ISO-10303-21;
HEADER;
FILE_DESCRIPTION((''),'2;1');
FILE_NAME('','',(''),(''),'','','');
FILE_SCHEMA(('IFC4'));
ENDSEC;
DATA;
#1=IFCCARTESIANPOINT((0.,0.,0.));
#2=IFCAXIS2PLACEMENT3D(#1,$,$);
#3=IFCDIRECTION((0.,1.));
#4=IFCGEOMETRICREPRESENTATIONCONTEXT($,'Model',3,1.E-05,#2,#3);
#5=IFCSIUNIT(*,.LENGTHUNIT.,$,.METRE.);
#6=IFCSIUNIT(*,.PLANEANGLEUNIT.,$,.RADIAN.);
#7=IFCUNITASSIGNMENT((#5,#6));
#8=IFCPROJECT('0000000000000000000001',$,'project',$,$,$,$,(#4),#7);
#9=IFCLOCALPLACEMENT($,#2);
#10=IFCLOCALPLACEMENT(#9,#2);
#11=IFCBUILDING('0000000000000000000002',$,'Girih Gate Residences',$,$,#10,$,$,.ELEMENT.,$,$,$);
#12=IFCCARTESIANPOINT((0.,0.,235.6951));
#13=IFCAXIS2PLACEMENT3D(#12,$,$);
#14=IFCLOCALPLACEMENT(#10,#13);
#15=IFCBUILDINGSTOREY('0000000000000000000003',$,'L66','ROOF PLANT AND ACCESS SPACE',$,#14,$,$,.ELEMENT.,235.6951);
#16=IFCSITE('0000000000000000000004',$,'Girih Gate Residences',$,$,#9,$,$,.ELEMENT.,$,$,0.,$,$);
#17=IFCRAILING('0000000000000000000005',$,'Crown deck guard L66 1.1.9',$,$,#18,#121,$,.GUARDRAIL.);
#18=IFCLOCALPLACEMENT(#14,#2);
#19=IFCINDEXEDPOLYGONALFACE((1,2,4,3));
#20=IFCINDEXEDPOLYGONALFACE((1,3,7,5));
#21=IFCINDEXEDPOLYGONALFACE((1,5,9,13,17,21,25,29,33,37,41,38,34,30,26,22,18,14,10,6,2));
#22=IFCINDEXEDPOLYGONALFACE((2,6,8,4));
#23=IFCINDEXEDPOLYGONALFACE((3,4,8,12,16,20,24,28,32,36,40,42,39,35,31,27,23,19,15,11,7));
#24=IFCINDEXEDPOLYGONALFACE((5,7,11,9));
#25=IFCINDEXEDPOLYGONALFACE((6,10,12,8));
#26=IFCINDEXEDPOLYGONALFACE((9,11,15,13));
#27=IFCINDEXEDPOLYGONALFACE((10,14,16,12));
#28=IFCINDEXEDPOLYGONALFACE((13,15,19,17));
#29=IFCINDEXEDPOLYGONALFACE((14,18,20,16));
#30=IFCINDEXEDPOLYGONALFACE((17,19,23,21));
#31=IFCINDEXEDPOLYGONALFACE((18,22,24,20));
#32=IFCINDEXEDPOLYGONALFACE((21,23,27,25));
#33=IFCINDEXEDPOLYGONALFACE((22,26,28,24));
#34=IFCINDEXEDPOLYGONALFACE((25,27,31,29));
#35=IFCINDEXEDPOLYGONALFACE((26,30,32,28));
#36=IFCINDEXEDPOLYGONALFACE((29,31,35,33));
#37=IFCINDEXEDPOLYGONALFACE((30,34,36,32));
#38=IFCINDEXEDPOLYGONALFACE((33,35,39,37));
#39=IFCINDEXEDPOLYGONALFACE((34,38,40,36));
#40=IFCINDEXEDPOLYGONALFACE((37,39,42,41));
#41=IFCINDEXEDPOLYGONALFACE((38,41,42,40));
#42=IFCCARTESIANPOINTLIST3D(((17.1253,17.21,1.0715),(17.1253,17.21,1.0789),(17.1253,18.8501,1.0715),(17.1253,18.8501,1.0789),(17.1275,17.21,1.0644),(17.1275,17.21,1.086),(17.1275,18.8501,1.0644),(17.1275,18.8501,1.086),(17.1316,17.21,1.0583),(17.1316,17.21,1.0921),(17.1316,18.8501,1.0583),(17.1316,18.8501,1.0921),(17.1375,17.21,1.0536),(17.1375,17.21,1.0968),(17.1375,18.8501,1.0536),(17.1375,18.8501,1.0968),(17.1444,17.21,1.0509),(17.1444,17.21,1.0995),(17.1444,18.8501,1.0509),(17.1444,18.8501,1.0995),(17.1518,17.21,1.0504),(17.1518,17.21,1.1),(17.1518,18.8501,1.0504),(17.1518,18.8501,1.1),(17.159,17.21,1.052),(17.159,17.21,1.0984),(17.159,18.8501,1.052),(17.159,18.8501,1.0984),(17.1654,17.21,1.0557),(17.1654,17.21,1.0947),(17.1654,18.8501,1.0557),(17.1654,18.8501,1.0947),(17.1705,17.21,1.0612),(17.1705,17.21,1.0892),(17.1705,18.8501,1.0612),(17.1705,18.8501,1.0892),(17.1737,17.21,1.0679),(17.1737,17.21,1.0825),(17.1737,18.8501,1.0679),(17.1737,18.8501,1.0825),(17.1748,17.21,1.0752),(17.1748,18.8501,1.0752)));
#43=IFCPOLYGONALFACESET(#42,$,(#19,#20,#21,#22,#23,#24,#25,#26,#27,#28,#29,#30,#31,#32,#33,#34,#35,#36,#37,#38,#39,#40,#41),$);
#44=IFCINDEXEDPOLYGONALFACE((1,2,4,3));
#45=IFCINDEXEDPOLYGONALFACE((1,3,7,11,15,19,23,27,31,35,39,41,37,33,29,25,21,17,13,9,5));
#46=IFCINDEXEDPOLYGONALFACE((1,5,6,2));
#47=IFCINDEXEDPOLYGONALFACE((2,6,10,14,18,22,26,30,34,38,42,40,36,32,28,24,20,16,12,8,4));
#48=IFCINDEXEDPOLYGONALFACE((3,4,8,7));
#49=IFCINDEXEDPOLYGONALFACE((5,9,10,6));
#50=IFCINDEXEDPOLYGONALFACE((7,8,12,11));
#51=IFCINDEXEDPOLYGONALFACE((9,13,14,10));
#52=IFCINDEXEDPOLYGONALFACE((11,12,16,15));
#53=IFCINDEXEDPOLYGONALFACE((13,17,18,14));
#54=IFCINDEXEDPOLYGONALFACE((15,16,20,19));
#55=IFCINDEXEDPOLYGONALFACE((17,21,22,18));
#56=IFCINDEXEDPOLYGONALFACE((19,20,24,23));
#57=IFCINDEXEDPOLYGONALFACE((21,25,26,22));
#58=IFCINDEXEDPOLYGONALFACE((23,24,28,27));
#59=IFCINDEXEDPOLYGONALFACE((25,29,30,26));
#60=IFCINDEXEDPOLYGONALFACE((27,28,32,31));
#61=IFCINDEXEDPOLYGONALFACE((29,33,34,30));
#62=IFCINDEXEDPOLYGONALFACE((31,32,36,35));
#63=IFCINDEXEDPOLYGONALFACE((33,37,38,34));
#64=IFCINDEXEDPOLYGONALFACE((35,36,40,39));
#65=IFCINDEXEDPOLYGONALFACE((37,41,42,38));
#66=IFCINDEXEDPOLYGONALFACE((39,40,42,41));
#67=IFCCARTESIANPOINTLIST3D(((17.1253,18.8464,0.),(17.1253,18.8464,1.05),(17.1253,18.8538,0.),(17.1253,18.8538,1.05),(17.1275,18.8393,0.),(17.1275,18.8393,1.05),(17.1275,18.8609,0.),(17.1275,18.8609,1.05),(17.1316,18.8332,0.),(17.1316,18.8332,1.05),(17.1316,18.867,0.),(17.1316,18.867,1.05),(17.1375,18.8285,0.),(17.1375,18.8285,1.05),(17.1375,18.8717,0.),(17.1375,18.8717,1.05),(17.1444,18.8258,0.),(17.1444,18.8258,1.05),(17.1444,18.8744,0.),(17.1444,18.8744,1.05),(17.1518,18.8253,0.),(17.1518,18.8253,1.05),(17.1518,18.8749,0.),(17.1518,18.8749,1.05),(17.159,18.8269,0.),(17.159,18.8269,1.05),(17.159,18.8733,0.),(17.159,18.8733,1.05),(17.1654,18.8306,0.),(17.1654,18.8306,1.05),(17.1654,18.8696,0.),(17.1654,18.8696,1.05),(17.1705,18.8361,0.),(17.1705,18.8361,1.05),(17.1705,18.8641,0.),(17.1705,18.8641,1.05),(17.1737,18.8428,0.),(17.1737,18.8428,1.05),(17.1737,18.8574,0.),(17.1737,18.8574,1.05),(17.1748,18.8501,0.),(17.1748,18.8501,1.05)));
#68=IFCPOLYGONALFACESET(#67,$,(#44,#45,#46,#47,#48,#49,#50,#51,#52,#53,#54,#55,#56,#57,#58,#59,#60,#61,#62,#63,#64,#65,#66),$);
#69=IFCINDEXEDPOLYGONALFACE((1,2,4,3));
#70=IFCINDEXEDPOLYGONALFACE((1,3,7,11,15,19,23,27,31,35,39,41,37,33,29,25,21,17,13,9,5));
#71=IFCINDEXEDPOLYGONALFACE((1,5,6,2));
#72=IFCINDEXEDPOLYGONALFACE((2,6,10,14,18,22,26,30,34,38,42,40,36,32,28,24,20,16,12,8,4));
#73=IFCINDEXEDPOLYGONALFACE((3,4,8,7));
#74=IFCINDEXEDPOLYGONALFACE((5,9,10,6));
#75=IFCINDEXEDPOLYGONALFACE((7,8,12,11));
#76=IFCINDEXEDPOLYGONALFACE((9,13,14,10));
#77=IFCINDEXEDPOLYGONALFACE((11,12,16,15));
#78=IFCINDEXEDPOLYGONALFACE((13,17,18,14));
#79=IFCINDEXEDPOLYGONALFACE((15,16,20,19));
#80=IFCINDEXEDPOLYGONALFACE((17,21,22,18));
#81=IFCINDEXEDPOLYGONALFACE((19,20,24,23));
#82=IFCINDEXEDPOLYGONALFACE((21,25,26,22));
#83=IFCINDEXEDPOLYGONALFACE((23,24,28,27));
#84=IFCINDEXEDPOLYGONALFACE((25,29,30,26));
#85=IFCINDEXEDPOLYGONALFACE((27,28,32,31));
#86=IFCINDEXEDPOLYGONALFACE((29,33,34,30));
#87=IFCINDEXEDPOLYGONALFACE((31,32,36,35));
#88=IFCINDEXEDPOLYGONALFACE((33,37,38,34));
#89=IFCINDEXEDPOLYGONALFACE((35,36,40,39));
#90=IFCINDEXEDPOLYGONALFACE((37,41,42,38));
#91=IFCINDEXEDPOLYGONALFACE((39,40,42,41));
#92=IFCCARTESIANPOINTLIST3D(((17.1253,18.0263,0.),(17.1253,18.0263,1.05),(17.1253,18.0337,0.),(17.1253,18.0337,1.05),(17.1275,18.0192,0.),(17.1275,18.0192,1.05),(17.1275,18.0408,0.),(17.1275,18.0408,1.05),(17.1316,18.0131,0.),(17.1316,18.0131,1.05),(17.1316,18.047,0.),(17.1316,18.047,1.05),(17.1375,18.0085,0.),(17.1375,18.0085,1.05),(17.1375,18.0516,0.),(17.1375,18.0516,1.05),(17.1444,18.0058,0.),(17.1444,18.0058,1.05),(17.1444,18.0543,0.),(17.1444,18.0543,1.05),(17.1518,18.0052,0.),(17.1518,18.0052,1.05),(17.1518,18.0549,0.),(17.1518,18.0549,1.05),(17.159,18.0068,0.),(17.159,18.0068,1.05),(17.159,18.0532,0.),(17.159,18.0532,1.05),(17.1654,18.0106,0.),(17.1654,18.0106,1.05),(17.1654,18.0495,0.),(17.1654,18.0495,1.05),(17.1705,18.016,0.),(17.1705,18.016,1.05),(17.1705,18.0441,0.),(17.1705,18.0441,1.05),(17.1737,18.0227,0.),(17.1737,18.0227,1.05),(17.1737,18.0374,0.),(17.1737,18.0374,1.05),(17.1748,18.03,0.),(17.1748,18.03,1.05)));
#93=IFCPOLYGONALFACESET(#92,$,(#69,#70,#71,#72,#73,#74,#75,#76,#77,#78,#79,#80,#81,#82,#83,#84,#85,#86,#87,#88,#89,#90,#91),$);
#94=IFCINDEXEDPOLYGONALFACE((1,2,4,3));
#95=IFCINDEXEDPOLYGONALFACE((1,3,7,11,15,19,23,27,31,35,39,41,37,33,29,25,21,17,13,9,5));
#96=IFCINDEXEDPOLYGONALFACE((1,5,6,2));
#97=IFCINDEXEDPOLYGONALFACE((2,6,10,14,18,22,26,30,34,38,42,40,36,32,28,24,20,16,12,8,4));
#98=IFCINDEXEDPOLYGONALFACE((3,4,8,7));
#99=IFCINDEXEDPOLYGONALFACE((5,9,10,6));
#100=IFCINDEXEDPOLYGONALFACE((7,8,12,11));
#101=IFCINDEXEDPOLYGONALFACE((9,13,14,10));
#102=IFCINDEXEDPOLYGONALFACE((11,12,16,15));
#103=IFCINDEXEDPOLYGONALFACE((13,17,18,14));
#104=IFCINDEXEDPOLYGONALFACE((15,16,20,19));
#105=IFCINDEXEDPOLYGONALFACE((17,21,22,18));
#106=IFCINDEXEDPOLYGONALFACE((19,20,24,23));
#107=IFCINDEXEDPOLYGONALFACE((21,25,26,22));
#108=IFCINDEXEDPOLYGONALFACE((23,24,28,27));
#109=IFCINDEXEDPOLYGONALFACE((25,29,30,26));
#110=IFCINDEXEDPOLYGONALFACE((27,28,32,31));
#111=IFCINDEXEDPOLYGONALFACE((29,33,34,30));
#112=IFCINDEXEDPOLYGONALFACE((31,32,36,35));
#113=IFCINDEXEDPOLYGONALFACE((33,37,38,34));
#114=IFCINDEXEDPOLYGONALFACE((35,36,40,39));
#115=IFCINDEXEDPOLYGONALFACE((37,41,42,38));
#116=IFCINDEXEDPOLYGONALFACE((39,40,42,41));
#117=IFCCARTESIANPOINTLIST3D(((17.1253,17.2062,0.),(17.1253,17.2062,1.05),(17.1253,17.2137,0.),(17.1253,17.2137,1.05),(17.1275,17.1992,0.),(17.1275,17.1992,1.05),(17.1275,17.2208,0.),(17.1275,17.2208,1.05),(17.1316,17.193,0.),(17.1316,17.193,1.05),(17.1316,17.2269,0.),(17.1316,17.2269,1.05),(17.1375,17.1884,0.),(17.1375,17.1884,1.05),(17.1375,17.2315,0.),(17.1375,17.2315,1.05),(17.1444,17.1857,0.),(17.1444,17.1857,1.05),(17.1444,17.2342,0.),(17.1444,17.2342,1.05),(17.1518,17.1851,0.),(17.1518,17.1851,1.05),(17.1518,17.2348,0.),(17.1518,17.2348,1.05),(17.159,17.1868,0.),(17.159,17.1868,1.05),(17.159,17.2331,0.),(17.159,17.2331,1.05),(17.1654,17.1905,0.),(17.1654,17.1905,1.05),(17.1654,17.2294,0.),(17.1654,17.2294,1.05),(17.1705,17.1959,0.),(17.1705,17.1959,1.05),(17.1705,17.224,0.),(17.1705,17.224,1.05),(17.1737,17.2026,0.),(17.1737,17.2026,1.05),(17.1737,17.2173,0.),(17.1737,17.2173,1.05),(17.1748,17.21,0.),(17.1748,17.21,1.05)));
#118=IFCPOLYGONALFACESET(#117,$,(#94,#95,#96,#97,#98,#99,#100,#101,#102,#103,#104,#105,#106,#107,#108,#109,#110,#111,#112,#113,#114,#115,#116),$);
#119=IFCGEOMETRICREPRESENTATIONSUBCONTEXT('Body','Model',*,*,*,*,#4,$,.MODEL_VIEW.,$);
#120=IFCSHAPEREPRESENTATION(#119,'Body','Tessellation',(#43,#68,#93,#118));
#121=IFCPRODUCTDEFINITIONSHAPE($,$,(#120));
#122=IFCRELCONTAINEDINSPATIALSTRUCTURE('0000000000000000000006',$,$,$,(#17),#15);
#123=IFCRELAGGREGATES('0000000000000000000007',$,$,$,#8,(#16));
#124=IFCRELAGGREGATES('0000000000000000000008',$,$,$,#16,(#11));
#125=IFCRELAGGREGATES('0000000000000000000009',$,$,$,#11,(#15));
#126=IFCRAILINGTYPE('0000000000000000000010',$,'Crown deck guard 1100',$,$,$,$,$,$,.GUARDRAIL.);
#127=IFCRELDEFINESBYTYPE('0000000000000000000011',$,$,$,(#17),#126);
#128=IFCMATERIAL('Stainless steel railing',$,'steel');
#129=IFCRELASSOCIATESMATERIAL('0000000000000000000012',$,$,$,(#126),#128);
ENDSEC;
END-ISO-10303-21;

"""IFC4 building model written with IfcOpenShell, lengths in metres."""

from ifc_helpers import new_model, si_unit, direction, frame, origin, origin_2d, place, context, subcontext, project, spatial, circle, extrude, material, type_object, element, save


model = new_model("IFC4")

# Units and contexts
model_context = context("Model", 3, precision=1e-05, world=origin(), true_north=direction((0.0, 1.0)))
body_context = subcontext(model_context, "Body", "Model", "MODEL_VIEW")
ifc_project = project(units=[si_unit("LENGTHUNIT", "METRE"), si_unit("PLANEANGLEUNIT", "RADIAN")], contexts=[model_context])

# Site, building, storey
site_placement = place(None, origin())
site = spatial("IfcSite", under=ifc_project, at=site_placement, Name="Girih Gate Residences", CompositionType="ELEMENT", RefElevation=0.0)
building_placement = place(site_placement, origin())
building = spatial("IfcBuilding", under=site, at=building_placement, Name="Girih Gate Residences", CompositionType="ELEMENT")
storey_placement = place(building_placement, frame((0.0, 0.0, 235.6951)))
storey = spatial("IfcBuildingStorey", under=building, at=storey_placement, Name="L66", Description="ROOF PLANT AND ACCESS SPACE", CompositionType="ELEMENT", Elevation=235.6951)

# Railing
ifc_material_1 = material(Name="Stainless steel railing", Category="steel")
railing_type = type_object("IfcRailingType", Name="Crown deck guard 1100", PredefinedType="GUARDRAIL", material=ifc_material_1)
railing_1_placement = place(storey_placement, frame((17.1499, 18.8501, 0.0)))
element("IfcRailing", 1, at=railing_1_placement, inside=storey, type_object=railing_type, Name="Crown deck guard L66 1.1.9", PredefinedType="GUARDRAIL", context=body_context, shape_type="SweptSolid", body=[
    extrude(circle(Radius=0.0249, at=origin_2d()), frame((0.0, 0.0, 1.0752), z_axis=(0.0, -1.0, 0.0), x_axis=(1.0, 0.0, 0.0)), (0.0, 0.0, 1.0), 1.6401),
    extrude(circle(Radius=0.0249, at=origin_2d()), origin(), (0.0, 0.0, 1.0), 1.05),
    extrude(circle(Radius=0.0249, at=origin_2d()), frame((0.0, -0.8201, 0.0)), (0.0, 0.0, 1.0), 1.05),
    extrude(circle(Radius=0.0249, at=origin_2d()), frame((0.0, -1.6401, 0.0)), (0.0, 0.0, 1.0), 1.05),
])

save(model, "model.ifc")
